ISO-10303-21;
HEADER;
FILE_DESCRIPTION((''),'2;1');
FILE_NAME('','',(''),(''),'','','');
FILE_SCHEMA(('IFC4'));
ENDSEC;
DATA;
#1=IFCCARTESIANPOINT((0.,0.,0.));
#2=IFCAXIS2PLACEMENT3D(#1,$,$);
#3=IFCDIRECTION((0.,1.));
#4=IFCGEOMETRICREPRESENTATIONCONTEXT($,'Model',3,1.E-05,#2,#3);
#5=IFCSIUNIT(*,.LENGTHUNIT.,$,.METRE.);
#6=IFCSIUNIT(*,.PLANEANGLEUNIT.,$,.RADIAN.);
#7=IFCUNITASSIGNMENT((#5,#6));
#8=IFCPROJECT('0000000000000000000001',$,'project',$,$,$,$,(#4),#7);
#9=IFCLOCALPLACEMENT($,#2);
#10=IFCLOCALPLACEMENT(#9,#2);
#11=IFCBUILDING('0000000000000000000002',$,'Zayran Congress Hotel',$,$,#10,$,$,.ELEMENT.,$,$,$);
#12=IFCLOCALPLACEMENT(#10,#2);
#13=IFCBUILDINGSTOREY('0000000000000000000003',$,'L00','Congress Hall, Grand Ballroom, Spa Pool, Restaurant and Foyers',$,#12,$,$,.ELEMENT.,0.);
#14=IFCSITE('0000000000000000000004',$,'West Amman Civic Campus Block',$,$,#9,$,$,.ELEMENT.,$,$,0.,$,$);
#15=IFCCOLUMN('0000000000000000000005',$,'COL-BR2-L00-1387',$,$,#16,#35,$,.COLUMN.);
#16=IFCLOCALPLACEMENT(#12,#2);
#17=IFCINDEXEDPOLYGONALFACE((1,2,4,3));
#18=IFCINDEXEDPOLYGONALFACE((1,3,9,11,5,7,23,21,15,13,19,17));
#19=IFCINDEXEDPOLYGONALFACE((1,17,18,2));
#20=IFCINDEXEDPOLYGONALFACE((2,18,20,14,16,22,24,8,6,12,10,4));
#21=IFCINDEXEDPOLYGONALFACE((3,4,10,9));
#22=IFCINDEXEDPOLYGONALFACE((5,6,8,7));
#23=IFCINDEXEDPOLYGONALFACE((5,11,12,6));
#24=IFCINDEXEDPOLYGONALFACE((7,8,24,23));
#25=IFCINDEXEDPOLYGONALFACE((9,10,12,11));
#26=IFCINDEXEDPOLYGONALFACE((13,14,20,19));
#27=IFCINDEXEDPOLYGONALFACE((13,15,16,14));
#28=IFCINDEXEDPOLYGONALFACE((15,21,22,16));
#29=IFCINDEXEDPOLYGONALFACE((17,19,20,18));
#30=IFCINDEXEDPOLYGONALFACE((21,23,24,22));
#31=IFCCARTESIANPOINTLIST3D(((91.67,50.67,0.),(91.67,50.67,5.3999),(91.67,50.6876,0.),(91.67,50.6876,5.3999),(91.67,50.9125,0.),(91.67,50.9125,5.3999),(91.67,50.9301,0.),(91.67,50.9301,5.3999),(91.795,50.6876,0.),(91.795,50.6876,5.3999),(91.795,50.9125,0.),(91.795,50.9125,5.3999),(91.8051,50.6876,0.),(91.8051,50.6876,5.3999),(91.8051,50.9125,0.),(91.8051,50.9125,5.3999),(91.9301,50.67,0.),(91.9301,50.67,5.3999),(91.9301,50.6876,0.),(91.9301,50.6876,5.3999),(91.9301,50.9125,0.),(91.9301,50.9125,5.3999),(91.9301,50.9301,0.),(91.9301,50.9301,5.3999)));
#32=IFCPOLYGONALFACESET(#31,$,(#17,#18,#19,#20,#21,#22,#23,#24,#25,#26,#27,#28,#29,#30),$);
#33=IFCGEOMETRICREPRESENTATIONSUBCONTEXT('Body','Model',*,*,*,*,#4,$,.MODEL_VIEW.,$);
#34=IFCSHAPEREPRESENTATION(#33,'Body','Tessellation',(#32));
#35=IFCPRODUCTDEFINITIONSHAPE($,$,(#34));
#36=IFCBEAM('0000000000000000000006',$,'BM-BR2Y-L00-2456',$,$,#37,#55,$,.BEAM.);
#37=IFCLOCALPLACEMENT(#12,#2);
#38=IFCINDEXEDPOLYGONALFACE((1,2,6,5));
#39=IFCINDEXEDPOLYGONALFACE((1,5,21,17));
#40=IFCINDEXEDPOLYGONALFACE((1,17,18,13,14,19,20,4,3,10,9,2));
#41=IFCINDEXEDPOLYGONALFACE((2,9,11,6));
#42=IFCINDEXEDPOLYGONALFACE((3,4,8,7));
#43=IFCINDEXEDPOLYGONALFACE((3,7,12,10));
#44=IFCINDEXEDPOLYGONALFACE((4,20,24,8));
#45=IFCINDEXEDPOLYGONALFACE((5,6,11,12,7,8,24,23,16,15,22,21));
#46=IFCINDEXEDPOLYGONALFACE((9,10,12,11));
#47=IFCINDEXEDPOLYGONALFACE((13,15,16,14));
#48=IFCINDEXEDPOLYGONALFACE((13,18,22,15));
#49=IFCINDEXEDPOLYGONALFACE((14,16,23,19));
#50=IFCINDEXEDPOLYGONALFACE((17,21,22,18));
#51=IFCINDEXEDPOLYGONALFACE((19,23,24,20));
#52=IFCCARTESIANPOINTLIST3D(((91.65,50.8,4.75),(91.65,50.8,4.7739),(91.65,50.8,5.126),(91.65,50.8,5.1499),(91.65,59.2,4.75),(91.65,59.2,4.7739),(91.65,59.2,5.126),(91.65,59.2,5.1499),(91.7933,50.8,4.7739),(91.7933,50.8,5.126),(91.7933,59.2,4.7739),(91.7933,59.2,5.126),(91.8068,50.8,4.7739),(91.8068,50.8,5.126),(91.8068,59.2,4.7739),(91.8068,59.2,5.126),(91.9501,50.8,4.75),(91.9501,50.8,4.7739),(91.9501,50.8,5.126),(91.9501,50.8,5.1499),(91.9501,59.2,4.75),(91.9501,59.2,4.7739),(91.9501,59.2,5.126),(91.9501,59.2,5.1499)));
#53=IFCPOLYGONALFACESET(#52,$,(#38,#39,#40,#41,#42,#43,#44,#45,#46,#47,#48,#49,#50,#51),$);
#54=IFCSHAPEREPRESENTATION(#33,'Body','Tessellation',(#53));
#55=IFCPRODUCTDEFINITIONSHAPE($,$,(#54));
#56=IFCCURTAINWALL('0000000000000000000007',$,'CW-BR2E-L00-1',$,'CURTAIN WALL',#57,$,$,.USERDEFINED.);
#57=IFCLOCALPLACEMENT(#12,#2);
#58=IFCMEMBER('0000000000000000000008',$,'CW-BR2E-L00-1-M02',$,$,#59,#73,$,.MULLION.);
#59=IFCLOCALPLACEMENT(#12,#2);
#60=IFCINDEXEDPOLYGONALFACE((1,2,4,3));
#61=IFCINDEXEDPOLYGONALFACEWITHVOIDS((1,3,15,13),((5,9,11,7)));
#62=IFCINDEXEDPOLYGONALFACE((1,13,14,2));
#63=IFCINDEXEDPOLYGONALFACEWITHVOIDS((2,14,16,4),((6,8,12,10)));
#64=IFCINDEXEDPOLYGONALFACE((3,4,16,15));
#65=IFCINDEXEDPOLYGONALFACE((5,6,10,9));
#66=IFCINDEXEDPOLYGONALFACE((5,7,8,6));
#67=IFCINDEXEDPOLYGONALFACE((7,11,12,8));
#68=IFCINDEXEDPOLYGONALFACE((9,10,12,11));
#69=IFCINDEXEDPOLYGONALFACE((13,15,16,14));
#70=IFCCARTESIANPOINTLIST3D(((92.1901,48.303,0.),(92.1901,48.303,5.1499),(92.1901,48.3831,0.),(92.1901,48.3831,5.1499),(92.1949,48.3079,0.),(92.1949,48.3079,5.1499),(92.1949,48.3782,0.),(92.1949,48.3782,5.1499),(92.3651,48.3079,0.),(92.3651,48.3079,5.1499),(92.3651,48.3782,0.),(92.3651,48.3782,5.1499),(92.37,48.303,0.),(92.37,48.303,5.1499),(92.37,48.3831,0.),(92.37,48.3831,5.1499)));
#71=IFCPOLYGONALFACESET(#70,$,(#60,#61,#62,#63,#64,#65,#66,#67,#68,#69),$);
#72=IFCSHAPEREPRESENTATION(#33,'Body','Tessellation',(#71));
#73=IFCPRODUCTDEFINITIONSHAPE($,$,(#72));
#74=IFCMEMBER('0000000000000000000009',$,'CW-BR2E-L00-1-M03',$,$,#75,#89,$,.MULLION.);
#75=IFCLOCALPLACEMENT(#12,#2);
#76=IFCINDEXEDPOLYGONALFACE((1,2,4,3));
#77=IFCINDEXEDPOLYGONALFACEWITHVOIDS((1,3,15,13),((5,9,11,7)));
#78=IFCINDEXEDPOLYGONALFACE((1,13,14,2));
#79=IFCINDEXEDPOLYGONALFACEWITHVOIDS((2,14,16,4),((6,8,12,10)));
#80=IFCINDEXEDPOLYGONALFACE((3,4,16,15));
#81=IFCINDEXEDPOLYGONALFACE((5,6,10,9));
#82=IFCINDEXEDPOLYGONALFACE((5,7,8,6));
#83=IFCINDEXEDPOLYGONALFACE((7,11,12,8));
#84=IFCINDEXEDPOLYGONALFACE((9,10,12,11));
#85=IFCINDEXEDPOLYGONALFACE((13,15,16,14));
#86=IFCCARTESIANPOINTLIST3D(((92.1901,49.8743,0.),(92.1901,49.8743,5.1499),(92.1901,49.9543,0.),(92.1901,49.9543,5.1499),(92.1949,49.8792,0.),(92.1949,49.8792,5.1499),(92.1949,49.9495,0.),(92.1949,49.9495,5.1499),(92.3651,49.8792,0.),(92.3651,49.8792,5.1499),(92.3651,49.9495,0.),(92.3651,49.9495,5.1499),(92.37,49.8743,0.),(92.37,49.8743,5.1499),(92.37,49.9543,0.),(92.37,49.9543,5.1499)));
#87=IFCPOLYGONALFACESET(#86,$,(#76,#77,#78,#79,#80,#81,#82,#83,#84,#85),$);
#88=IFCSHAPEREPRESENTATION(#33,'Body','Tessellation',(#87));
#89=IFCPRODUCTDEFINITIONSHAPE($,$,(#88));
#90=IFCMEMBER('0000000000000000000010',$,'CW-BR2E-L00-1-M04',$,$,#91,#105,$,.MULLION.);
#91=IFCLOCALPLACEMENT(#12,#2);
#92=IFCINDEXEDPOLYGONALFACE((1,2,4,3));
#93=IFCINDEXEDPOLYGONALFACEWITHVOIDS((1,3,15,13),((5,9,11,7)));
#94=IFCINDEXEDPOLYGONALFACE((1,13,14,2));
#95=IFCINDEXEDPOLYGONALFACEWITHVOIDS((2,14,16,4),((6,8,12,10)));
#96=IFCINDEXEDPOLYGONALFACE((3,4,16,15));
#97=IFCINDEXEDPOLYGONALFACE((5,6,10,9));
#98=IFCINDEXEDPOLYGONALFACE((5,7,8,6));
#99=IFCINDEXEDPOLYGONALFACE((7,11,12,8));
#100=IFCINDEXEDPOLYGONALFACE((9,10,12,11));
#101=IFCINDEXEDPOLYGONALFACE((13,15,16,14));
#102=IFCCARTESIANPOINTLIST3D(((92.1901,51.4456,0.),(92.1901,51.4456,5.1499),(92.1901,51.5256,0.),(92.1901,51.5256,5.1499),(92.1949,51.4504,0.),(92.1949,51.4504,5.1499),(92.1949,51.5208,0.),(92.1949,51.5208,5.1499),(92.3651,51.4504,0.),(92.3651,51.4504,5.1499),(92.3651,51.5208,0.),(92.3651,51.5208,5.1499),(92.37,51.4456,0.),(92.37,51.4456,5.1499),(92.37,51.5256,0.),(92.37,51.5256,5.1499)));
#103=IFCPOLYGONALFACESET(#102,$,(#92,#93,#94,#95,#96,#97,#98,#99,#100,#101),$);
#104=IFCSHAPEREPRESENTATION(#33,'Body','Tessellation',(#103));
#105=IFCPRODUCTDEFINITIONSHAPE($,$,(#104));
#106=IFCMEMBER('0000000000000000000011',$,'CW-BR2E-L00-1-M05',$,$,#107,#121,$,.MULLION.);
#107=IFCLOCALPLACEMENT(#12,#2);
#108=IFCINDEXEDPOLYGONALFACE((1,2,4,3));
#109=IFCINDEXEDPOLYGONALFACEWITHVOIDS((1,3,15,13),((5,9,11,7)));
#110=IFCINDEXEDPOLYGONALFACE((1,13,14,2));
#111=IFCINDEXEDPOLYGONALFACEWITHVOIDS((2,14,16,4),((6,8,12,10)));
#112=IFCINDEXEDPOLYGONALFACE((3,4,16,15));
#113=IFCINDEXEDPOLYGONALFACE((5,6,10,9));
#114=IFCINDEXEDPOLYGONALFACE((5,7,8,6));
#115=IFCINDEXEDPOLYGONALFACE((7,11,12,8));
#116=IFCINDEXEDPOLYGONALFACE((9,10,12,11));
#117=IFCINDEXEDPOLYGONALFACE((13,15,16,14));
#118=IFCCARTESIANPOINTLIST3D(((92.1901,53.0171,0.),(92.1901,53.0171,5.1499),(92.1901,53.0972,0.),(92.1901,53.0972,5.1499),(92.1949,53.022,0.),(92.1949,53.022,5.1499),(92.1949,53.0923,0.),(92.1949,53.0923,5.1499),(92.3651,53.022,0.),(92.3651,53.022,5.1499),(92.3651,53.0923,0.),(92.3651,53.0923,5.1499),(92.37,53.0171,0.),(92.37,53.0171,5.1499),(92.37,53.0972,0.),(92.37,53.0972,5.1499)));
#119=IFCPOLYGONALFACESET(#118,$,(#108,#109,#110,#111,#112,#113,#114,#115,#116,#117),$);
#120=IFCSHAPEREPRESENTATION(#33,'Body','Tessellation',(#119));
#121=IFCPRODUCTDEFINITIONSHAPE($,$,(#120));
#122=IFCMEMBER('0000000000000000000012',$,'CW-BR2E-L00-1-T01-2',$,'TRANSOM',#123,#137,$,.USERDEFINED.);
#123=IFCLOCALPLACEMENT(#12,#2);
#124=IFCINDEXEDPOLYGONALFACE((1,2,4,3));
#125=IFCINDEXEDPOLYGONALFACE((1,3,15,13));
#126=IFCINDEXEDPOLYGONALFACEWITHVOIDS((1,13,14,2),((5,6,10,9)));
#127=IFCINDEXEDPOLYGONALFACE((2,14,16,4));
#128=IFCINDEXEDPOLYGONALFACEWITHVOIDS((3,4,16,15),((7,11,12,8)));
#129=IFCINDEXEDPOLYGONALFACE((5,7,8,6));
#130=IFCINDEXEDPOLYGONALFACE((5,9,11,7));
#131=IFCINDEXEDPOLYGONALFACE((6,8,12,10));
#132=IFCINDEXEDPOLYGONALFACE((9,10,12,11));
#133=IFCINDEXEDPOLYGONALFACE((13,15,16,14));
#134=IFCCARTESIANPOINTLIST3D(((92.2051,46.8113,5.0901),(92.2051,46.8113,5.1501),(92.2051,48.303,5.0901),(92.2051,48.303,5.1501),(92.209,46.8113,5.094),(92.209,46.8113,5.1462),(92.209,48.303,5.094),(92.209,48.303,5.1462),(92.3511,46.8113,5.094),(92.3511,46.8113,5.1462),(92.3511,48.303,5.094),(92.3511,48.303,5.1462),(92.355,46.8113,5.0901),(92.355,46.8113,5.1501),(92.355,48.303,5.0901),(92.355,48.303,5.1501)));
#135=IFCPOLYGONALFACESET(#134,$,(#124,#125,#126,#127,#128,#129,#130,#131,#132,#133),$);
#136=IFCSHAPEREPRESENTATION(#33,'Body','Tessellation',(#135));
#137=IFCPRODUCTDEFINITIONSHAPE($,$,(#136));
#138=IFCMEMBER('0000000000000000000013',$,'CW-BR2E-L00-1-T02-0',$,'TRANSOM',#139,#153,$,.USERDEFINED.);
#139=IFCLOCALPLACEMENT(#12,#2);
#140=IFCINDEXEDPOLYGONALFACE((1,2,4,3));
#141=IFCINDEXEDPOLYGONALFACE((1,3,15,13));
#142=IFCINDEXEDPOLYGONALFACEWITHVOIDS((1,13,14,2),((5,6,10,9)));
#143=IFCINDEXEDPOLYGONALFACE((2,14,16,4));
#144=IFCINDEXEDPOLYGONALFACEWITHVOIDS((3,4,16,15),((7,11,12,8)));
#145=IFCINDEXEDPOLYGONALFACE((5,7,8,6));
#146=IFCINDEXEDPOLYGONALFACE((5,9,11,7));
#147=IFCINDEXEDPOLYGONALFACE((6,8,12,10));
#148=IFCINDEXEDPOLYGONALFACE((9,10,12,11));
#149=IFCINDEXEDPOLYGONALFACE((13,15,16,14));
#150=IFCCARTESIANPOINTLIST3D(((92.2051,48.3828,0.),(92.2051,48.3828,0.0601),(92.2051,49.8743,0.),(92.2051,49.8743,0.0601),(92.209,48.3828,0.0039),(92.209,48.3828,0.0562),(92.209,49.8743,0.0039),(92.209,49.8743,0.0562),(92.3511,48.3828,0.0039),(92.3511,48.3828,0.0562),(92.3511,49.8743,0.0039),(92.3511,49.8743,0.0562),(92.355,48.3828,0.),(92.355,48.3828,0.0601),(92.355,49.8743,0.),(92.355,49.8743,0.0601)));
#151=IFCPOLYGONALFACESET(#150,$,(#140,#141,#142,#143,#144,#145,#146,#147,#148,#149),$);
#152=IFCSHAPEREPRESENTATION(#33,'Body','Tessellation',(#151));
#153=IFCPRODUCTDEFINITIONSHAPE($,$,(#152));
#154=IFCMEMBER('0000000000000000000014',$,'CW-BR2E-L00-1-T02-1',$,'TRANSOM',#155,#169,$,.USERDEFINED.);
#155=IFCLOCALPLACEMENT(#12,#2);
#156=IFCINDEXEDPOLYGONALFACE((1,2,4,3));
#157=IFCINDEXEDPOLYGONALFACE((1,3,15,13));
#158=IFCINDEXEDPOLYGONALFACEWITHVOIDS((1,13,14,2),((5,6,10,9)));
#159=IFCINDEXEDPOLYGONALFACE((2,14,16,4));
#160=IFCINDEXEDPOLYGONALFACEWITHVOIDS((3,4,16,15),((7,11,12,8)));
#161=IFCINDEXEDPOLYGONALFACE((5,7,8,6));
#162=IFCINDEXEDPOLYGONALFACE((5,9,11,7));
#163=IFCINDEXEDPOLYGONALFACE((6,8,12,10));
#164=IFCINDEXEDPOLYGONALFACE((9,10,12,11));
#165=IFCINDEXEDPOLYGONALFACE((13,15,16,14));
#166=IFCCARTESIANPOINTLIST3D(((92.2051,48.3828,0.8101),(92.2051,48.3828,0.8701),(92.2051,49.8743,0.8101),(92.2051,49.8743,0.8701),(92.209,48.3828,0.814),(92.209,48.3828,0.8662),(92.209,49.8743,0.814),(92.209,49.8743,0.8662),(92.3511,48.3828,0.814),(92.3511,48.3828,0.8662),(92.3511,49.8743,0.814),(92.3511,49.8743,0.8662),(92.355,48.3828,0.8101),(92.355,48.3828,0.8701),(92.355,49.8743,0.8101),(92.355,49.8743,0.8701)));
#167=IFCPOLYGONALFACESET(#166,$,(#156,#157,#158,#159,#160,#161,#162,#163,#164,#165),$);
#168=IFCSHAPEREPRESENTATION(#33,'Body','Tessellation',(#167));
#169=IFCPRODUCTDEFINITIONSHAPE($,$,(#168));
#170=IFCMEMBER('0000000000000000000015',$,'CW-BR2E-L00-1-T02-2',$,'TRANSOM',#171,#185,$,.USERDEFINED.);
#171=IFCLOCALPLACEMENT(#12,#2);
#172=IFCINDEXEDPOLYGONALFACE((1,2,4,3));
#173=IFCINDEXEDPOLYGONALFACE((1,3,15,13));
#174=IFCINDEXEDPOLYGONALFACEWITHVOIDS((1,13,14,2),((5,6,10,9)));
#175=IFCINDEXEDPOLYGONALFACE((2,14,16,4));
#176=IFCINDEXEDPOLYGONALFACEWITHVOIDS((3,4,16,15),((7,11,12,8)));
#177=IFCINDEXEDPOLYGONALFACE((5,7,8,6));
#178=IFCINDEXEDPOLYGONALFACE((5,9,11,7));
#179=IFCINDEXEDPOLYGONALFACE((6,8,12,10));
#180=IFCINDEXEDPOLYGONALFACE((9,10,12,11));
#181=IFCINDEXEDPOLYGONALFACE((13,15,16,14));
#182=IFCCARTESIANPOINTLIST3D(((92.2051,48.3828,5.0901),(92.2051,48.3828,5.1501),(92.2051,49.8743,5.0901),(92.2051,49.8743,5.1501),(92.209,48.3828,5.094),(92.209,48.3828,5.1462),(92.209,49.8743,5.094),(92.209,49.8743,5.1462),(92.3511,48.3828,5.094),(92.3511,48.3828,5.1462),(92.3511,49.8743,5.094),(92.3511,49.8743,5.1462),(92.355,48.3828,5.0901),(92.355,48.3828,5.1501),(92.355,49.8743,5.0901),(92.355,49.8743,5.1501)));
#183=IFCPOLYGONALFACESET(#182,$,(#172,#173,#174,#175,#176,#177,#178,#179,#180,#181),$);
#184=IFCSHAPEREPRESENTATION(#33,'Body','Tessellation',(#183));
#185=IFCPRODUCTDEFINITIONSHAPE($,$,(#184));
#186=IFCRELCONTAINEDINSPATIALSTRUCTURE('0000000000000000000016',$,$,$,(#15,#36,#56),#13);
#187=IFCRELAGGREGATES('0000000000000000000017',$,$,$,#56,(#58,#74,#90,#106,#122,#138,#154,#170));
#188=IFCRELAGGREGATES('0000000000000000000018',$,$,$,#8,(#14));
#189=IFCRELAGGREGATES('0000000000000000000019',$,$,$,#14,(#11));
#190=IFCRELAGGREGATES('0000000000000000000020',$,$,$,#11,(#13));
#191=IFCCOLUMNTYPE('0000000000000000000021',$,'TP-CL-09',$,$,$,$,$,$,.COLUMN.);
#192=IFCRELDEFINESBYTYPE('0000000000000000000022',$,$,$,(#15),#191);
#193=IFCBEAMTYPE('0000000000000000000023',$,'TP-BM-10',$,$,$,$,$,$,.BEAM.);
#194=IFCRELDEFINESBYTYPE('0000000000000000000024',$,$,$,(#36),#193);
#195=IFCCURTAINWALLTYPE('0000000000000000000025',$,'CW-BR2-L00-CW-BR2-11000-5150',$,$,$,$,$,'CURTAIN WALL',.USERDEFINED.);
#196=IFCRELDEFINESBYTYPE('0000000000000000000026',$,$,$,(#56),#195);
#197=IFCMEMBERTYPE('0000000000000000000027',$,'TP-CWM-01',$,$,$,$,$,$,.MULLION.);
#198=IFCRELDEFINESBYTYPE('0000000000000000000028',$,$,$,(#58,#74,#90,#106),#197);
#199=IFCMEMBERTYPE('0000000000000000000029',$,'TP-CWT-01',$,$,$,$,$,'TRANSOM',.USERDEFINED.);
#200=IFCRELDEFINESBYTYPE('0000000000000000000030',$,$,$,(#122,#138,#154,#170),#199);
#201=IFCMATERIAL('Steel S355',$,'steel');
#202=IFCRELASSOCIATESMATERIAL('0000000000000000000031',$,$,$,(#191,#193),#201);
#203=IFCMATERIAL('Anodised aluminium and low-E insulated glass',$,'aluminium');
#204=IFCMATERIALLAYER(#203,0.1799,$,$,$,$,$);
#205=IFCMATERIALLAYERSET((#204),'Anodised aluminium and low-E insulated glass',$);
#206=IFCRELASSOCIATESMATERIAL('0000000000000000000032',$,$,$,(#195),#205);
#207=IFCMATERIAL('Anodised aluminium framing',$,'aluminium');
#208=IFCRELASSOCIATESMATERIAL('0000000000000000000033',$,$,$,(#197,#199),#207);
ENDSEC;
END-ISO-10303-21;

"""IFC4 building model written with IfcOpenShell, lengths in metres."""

from ifc_helpers import new_model, si_unit, direction, frame, origin, origin_2d, place, context, subcontext, project, spatial, hollow_rectangle, i_section, extrude, material, layer, layer_set, material_profile, profile_set, type_object, element, aggregate, save


model = new_model("IFC4")

# Units and contexts
model_context = context("Model", 3, precision=1e-05, world=origin(), true_north=direction((0.0, 1.0)))
body_context = subcontext(model_context, "Body", "Model", "MODEL_VIEW")
ifc_project = project(units=[si_unit("LENGTHUNIT", "METRE"), si_unit("PLANEANGLEUNIT", "RADIAN")], contexts=[model_context])

# Site, building, storey
site_placement = place(None, origin())
site = spatial("IfcSite", under=ifc_project, at=site_placement, Name="West Amman Civic Campus Block", CompositionType="ELEMENT", RefElevation=0.0)
building_placement = place(site_placement, origin())
building = spatial("IfcBuilding", under=site, at=building_placement, Name="Zayran Congress Hotel", CompositionType="ELEMENT")
storey_placement = place(building_placement, origin())
storey = spatial("IfcBuildingStorey", under=building, at=storey_placement, Name="L00", Description="Congress Hall, Grand Ballroom, Spa Pool, Restaurant and Foyers", CompositionType="ELEMENT", Elevation=0.0)

# Column
ifc_material_1 = material(Name="Steel S355", Category="steel")
ifc_material_profile_1 = material_profile(ifc_material_1, i_section(OverallWidth=0.26, OverallDepth=0.26, WebThickness=0.01, FlangeThickness=0.0176, at=origin_2d()), Name="HEB 260")
ifc_profile_set_1 = profile_set([ifc_material_profile_1], Name="Steel S355")
column_type = type_object("IfcColumnType", Name="TP-CL-09", PredefinedType="COLUMN", material=ifc_profile_set_1)
column_placement = place(storey_placement, frame((91.8, 50.8, 0.0), z_axis=(0.0, 0.0, 1.0), x_axis=(1.0, 0.0, 0.0)))
element("IfcColumn", 1, at=column_placement, inside=storey, type_object=column_type, Name="COL-BR2-L00-1387", PredefinedType="COLUMN", context=body_context, shape_type="SweptSolid", body=[
    extrude(i_section(OverallWidth=0.26, OverallDepth=0.26, WebThickness=0.01, FlangeThickness=0.0176, at=origin_2d()), origin(), (0.0, 0.0, 1.0), 5.3999),
])

# Beam
ifc_material_profile_2 = material_profile(ifc_material_1, i_section(OverallWidth=0.3, OverallDepth=0.3999, WebThickness=0.0134, FlangeThickness=0.0239, at=origin_2d()), Name="HEB 400")
ifc_profile_set_2 = profile_set([ifc_material_profile_2], Name="Steel S355")
beam_type = type_object("IfcBeamType", Name="TP-BM-10", PredefinedType="BEAM", material=ifc_profile_set_2)
beam_placement = place(storey_placement, frame((91.8, 50.8, 4.95), z_axis=(0.0, 1.0, 0.0), x_axis=(-1.0, 0.0, 0.0)))
element("IfcBeam", 2, at=beam_placement, inside=storey, type_object=beam_type, Name="BM-BR2Y-L00-2456", PredefinedType="BEAM", context=body_context, shape_type="SweptSolid", body=[
    extrude(i_section(OverallWidth=0.3, OverallDepth=0.3999, WebThickness=0.0134, FlangeThickness=0.0239, at=origin_2d()), origin(), (0.0, 0.0, 1.0), 8.3999),
])

# Curtain wall, members
ifc_material_2 = material(Name="Anodised aluminium and low-E insulated glass", Category="aluminium")
ifc_layer_1 = layer(ifc_material_2, 0.1799)
ifc_layer_set_1 = layer_set([ifc_layer_1], Name="Anodised aluminium and low-E insulated glass")
curtain_wall_type = type_object("IfcCurtainWallType", Name="CW-BR2-L00-CW-BR2-11000-5150", ElementType="CURTAIN WALL", PredefinedType="USERDEFINED", material=ifc_layer_set_1)
curtain_wall_placement = place(storey_placement, origin())
curtain_wall = element("IfcCurtainWall", 3, at=curtain_wall_placement, inside=storey, type_object=curtain_wall_type, Name="CW-BR2E-L00-1", ObjectType="CURTAIN WALL", PredefinedType="USERDEFINED")
ifc_material_3 = material(Name="Anodised aluminium framing", Category="aluminium")
ifc_material_profile_3 = material_profile(ifc_material_3, hollow_rectangle(XDim=0.0801, YDim=0.1799, WallThickness=0.0049, at=origin_2d()), Name="RHS 180x80x5")
ifc_profile_set_3 = profile_set([ifc_material_profile_3], Name="Anodised aluminium framing")
member_type_1 = type_object("IfcMemberType", Name="TP-CWM-01", PredefinedType="MULLION", material=ifc_profile_set_3)
member_1_placement = place(storey_placement, frame((92.28, 48.343, 0.0), z_axis=(0.0, 0.0, 1.0), x_axis=(0.0, 1.0, 0.0)))
member_1 = element("IfcMember", 4, at=member_1_placement, type_object=member_type_1, Name="CW-BR2E-L00-1-M02", PredefinedType="MULLION", context=body_context, shape_type="SweptSolid", body=[
    extrude(hollow_rectangle(XDim=0.0801, YDim=0.1799, WallThickness=0.0049, at=origin_2d()), origin(), (0.0, 0.0, 1.0), 5.1499),
])
member_2_placement = place(storey_placement, frame((92.28, 49.9143, 0.0), z_axis=(0.0, 0.0, 1.0), x_axis=(0.0, 1.0, 0.0)))
member_2 = element("IfcMember", 5, at=member_2_placement, type_object=member_type_1, Name="CW-BR2E-L00-1-M03", PredefinedType="MULLION", context=body_context, shape_type="SweptSolid", body=[
    extrude(hollow_rectangle(XDim=0.0801, YDim=0.1799, WallThickness=0.0049, at=origin_2d()), origin(), (0.0, 0.0, 1.0), 5.1499),
])
member_3_placement = place(storey_placement, frame((92.28, 51.4856, 0.0), z_axis=(0.0, 0.0, 1.0), x_axis=(0.0, 1.0, 0.0)))
member_3 = element("IfcMember", 6, at=member_3_placement, type_object=member_type_1, Name="CW-BR2E-L00-1-M04", PredefinedType="MULLION", context=body_context, shape_type="SweptSolid", body=[
    extrude(hollow_rectangle(XDim=0.0801, YDim=0.1799, WallThickness=0.0049, at=origin_2d()), origin(), (0.0, 0.0, 1.0), 5.1499),
])
member_4_placement = place(storey_placement, frame((92.28, 53.0571, 0.0), z_axis=(0.0, 0.0, 1.0), x_axis=(0.0, 1.0, 0.0)))
member_4 = element("IfcMember", 7, at=member_4_placement, type_object=member_type_1, Name="CW-BR2E-L00-1-M05", PredefinedType="MULLION", context=body_context, shape_type="SweptSolid", body=[
    extrude(hollow_rectangle(XDim=0.0801, YDim=0.1799, WallThickness=0.0049, at=origin_2d()), origin(), (0.0, 0.0, 1.0), 5.1499),
])
ifc_material_profile_4 = material_profile(ifc_material_3, hollow_rectangle(XDim=0.0601, YDim=0.1499, WallThickness=0.0039, at=origin_2d()), Name="RHS 150x60x4")
ifc_profile_set_4 = profile_set([ifc_material_profile_4], Name="Anodised aluminium framing")
member_type_2 = type_object("IfcMemberType", Name="TP-CWT-01", ElementType="TRANSOM", PredefinedType="USERDEFINED", material=ifc_profile_set_4)
member_5_placement = place(storey_placement, frame((92.28, 46.8113, 5.1201), z_axis=(0.0, 1.0, 0.0), x_axis=(0.0, 0.0, 1.0)))
member_5 = element("IfcMember", 8, at=member_5_placement, type_object=member_type_2, Name="CW-BR2E-L00-1-T01-2", ObjectType="TRANSOM", PredefinedType="USERDEFINED", context=body_context, shape_type="SweptSolid", body=[
    extrude(hollow_rectangle(XDim=0.0601, YDim=0.1499, WallThickness=0.0039, at=origin_2d()), origin(), (0.0, 0.0, 1.0), 1.4917),
])
member_6_placement = place(storey_placement, frame((92.28, 48.3828, 0.03), z_axis=(0.0, 1.0, 0.0), x_axis=(0.0, 0.0, 1.0)))
member_6 = element("IfcMember", 9, at=member_6_placement, type_object=member_type_2, Name="CW-BR2E-L00-1-T02-0", ObjectType="TRANSOM", PredefinedType="USERDEFINED", context=body_context, shape_type="SweptSolid", body=[
    extrude(hollow_rectangle(XDim=0.0601, YDim=0.1499, WallThickness=0.0039, at=origin_2d()), origin(), (0.0, 0.0, 1.0), 1.4915),
])
member_7_placement = place(storey_placement, frame((92.28, 48.3828, 0.8401), z_axis=(0.0, 1.0, 0.0), x_axis=(0.0, 0.0, 1.0)))
member_7 = element("IfcMember", 10, at=member_7_placement, type_object=member_type_2, Name="CW-BR2E-L00-1-T02-1", ObjectType="TRANSOM", PredefinedType="USERDEFINED", context=body_context, shape_type="SweptSolid", body=[
    extrude(hollow_rectangle(XDim=0.0601, YDim=0.1499, WallThickness=0.0039, at=origin_2d()), origin(), (0.0, 0.0, 1.0), 1.4915),
])
member_8_placement = place(storey_placement, frame((92.28, 48.3828, 5.1201), z_axis=(0.0, 1.0, 0.0), x_axis=(0.0, 0.0, 1.0)))
member_8 = element("IfcMember", 11, at=member_8_placement, type_object=member_type_2, Name="CW-BR2E-L00-1-T02-2", ObjectType="TRANSOM", PredefinedType="USERDEFINED", context=body_context, shape_type="SweptSolid", body=[
    extrude(hollow_rectangle(XDim=0.0601, YDim=0.1499, WallThickness=0.0039, at=origin_2d()), origin(), (0.0, 0.0, 1.0), 1.4915),
])
aggregate(curtain_wall, [member_1, member_2, member_3, member_4, member_5, member_6, member_7, member_8])

save(model, "model.ifc")
